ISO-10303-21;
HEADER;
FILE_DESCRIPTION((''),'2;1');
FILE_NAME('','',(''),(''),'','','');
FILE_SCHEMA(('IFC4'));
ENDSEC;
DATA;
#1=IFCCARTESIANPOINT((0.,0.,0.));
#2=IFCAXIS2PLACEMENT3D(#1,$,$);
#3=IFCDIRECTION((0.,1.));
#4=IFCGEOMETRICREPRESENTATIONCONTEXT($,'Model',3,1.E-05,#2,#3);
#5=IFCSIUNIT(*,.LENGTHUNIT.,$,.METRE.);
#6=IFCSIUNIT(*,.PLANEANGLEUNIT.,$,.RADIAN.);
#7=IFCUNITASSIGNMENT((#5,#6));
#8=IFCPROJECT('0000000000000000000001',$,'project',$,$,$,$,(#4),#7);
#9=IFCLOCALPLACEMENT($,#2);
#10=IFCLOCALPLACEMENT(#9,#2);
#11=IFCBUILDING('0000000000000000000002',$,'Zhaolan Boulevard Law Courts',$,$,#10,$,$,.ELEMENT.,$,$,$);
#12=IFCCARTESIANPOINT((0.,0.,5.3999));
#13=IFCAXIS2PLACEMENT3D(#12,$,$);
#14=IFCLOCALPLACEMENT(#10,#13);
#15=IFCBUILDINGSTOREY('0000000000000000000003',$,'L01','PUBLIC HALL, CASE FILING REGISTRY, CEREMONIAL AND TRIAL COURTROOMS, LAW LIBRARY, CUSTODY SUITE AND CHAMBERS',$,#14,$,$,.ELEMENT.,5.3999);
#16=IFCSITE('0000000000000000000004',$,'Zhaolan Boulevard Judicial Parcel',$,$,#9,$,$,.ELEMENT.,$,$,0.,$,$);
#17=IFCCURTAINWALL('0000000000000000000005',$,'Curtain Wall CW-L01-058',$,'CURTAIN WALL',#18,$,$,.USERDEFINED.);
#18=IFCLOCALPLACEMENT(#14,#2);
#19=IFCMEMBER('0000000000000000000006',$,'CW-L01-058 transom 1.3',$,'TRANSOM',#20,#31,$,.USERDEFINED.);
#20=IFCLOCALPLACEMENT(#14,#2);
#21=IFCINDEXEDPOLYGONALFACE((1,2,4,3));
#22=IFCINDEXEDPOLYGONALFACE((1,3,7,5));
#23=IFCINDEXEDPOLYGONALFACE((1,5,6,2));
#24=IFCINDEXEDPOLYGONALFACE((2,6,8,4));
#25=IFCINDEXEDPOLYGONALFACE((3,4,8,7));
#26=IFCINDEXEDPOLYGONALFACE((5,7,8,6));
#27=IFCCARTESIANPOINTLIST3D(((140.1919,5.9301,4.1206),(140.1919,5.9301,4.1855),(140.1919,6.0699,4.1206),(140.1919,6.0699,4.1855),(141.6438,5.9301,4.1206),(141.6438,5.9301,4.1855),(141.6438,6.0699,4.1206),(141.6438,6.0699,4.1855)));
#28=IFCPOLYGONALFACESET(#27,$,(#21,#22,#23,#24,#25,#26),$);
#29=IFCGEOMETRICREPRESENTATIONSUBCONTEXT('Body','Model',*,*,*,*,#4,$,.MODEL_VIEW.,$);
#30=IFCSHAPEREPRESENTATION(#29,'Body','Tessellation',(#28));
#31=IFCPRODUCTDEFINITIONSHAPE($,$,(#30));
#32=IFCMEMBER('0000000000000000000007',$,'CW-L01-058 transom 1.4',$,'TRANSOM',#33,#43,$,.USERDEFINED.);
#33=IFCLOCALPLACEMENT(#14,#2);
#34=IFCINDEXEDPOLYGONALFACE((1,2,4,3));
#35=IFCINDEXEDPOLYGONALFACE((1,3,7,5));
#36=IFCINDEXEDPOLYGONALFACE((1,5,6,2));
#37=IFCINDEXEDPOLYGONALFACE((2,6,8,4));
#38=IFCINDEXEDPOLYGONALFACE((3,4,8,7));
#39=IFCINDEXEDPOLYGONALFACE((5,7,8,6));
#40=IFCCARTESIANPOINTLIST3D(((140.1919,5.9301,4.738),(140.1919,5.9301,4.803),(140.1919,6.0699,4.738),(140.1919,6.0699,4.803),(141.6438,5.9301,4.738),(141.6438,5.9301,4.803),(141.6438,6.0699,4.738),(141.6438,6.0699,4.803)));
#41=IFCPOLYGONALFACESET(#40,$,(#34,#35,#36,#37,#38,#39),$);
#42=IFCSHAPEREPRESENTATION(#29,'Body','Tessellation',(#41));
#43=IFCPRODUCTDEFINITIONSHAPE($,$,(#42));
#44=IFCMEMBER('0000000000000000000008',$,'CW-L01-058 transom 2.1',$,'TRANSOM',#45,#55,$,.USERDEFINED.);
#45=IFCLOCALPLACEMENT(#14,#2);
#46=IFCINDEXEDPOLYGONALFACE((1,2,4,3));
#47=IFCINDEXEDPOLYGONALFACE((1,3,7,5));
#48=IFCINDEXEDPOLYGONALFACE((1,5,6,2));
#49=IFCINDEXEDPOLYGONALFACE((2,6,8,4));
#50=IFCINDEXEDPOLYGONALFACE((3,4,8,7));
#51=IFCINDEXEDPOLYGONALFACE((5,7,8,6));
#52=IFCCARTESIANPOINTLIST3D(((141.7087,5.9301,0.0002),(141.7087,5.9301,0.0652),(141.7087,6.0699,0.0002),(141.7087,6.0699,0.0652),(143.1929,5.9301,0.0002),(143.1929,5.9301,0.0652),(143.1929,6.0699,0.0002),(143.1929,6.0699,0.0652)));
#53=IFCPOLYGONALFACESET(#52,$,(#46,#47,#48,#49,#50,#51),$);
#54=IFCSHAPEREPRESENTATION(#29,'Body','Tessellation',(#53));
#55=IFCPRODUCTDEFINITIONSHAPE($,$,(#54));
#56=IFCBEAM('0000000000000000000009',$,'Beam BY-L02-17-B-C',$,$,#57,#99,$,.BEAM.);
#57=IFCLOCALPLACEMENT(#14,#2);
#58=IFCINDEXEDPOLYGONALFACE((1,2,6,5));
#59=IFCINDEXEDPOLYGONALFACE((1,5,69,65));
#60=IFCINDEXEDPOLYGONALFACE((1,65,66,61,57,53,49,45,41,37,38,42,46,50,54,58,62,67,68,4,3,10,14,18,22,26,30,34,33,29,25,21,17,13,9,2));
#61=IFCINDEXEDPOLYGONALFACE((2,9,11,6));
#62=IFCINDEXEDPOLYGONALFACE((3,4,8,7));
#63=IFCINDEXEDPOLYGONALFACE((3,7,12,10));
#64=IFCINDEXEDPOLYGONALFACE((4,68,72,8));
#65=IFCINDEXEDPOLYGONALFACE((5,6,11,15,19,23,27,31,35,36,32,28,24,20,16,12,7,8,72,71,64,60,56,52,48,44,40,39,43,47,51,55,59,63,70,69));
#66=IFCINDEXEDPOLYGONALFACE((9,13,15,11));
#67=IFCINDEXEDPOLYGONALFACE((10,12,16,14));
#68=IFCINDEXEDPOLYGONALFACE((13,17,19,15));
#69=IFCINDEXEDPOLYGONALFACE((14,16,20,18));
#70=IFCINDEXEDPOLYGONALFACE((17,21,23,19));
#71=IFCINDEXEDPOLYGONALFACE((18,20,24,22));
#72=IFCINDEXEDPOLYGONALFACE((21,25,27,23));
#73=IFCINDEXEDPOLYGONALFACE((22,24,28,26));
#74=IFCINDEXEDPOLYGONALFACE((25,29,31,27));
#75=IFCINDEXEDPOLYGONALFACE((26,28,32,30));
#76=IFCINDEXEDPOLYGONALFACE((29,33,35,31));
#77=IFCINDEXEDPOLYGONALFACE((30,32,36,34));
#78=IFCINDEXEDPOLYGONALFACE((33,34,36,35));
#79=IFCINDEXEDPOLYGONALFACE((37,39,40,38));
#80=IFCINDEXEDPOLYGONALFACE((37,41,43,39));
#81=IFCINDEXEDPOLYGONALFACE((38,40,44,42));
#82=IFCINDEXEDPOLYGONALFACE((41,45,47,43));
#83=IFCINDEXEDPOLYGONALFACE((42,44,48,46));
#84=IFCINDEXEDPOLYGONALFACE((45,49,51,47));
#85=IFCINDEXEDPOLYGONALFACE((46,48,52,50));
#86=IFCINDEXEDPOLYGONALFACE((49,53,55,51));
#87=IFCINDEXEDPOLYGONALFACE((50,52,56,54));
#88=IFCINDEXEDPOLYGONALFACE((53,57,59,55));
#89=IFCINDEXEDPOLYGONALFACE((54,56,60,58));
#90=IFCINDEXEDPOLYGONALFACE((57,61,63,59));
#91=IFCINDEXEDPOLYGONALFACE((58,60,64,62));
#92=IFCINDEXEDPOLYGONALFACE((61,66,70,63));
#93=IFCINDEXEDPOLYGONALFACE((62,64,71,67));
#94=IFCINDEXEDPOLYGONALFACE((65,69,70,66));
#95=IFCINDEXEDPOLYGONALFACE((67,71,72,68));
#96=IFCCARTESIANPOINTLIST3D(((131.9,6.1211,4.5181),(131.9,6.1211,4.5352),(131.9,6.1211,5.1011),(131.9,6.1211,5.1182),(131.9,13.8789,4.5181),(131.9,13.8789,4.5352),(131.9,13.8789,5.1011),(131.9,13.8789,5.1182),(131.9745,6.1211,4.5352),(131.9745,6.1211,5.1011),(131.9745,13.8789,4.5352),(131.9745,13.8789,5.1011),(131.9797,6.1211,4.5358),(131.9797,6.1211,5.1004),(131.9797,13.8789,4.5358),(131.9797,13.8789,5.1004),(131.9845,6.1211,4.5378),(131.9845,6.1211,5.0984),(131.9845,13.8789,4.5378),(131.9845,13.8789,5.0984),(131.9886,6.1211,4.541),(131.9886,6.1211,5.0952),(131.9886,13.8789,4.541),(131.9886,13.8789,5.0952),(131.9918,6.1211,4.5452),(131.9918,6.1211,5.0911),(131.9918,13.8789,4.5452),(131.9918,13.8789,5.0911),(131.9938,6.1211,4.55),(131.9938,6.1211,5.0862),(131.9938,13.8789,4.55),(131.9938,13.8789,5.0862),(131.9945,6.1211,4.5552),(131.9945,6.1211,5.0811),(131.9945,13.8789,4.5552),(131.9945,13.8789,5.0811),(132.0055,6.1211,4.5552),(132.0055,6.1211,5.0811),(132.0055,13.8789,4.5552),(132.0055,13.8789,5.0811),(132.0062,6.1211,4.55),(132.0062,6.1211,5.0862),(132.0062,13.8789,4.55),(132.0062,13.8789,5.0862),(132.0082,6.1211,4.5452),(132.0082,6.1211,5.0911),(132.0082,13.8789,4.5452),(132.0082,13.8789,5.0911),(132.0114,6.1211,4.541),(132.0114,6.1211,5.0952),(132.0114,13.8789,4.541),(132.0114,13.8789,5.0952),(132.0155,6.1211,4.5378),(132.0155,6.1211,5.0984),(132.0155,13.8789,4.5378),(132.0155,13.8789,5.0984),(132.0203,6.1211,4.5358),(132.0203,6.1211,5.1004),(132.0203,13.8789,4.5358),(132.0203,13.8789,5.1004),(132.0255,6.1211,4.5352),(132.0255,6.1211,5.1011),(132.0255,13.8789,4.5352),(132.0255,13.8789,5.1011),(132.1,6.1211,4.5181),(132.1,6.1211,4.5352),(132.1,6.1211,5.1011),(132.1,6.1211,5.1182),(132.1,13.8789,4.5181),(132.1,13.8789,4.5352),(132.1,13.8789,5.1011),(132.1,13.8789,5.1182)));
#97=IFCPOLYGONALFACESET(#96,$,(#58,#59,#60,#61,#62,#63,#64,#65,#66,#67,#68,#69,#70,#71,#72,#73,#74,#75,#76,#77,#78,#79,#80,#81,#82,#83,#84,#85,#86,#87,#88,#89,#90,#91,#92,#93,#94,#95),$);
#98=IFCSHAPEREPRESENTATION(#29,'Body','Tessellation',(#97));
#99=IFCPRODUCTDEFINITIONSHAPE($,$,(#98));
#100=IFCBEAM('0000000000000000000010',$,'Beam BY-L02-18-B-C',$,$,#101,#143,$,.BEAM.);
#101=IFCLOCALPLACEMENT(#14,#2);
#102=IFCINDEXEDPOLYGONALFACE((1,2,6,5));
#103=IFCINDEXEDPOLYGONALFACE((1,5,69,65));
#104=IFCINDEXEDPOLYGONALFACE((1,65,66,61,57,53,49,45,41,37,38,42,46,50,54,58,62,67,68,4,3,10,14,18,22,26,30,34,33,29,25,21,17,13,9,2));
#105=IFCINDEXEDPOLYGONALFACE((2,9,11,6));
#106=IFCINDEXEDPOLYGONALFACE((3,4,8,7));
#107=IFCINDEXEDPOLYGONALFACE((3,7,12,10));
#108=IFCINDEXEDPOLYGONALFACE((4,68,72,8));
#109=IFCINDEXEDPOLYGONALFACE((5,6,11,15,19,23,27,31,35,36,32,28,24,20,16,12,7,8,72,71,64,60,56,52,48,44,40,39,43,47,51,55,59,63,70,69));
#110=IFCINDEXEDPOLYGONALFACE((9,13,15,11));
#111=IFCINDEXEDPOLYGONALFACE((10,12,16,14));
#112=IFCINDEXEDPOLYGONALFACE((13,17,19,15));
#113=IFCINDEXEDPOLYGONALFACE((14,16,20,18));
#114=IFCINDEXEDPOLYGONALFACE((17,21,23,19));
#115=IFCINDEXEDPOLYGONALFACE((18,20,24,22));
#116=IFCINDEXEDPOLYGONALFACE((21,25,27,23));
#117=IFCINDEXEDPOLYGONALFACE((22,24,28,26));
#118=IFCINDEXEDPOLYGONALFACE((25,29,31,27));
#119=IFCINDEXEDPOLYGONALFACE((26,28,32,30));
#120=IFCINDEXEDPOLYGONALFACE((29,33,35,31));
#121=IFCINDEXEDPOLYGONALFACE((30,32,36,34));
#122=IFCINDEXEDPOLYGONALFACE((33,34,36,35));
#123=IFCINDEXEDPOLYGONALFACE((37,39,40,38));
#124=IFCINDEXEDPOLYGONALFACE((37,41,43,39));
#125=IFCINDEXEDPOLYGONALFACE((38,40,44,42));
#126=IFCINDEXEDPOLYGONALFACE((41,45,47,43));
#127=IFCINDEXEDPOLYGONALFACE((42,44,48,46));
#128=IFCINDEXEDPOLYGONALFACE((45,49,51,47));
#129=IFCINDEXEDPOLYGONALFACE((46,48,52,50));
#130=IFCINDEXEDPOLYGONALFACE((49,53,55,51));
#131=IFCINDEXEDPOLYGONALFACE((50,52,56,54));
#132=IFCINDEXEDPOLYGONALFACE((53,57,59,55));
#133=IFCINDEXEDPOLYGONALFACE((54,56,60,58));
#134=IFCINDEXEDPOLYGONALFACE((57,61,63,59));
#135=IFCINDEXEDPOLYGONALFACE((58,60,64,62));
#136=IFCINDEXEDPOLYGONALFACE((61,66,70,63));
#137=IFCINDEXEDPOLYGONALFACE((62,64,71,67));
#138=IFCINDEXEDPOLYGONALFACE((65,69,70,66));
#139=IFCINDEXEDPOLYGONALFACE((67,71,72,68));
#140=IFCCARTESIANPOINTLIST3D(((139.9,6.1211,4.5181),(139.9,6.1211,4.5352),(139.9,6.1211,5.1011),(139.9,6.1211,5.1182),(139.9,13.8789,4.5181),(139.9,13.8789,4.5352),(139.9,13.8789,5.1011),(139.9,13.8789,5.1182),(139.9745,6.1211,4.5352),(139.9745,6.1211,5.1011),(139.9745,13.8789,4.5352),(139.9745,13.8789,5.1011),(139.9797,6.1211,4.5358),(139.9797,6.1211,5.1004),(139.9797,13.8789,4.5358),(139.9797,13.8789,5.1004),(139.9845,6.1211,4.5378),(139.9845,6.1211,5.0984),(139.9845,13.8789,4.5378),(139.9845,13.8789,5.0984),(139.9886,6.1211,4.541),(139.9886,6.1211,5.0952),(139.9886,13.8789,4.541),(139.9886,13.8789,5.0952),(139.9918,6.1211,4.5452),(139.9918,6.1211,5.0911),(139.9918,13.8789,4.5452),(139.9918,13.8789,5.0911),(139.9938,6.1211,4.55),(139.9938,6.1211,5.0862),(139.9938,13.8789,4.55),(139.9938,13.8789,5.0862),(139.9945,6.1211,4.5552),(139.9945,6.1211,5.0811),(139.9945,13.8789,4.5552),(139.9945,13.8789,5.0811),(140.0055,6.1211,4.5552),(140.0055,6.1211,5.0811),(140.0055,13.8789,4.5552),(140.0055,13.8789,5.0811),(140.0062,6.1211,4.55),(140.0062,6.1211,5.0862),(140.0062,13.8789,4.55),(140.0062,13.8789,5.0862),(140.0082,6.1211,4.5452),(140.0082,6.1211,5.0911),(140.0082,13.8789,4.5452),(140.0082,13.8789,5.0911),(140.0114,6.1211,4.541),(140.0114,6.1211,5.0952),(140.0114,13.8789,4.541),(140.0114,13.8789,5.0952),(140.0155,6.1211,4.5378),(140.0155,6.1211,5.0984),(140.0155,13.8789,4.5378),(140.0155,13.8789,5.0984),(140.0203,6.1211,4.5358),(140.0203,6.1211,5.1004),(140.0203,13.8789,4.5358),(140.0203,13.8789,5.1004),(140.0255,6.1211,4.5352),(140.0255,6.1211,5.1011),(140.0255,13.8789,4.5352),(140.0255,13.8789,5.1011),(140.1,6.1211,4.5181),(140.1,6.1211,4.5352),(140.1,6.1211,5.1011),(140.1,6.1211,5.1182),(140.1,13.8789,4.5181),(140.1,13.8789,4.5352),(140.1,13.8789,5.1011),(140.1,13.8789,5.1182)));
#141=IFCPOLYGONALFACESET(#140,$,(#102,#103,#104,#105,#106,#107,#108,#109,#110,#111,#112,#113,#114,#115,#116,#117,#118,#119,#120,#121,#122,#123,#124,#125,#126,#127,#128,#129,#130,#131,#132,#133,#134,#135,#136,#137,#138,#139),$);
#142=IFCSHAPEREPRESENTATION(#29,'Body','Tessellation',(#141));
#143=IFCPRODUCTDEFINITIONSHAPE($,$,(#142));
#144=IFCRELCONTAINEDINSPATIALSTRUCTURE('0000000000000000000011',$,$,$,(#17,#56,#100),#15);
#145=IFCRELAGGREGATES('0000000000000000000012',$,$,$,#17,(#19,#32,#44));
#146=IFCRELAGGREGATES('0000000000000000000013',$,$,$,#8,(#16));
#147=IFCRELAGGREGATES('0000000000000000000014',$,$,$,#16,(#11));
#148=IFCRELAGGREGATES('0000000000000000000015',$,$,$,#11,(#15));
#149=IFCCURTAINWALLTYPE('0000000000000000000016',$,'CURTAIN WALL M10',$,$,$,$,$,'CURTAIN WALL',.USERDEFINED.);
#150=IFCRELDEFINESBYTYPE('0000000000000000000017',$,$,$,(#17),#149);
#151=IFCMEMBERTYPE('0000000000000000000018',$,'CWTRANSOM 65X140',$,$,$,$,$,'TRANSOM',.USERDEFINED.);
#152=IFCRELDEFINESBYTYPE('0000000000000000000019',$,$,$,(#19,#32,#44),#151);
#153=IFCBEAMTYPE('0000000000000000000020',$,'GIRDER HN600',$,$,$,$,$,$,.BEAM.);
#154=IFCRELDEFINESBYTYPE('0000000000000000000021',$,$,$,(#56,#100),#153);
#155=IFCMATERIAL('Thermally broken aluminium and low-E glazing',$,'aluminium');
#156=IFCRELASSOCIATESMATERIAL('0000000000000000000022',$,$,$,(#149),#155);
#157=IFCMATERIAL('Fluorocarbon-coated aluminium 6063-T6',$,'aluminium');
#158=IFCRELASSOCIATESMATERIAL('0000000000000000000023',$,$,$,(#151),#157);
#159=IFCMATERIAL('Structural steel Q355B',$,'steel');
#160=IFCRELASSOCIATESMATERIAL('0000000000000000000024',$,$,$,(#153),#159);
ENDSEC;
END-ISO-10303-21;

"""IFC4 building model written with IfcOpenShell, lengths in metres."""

from ifc_helpers import new_model, si_unit, direction, frame, origin, origin_2d, place, context, subcontext, project, spatial, rectangle, i_section, extrude, material, material_profile, profile_set, type_object, element, aggregate, save


model = new_model("IFC4")

# Units and contexts
model_context = context("Model", 3, precision=1e-05, world=origin(), true_north=direction((0.0, 1.0)))
body_context = subcontext(model_context, "Body", "Model", "MODEL_VIEW")
ifc_project = project(units=[si_unit("LENGTHUNIT", "METRE"), si_unit("PLANEANGLEUNIT", "RADIAN")], contexts=[model_context])

# Site, building, storey
site_placement = place(None, origin())
site = spatial("IfcSite", under=ifc_project, at=site_placement, Name="Zhaolan Boulevard Judicial Parcel", CompositionType="ELEMENT", RefElevation=0.0)
building_placement = place(site_placement, origin())
building = spatial("IfcBuilding", under=site, at=building_placement, Name="Zhaolan Boulevard Law Courts", CompositionType="ELEMENT")
storey_placement = place(building_placement, frame((0.0, 0.0, 5.3999)))
storey = spatial("IfcBuildingStorey", under=building, at=storey_placement, Name="L01", Description="PUBLIC HALL, CASE FILING REGISTRY, CEREMONIAL AND TRIAL COURTROOMS, LAW LIBRARY, CUSTODY SUITE AND CHAMBERS", CompositionType="ELEMENT", Elevation=5.3999)

# Curtain wall, members
ifc_material_1 = material(Name="Thermally broken aluminium and low-E glazing", Category="aluminium")
curtain_wall_type = type_object("IfcCurtainWallType", Name="CURTAIN WALL M10", ElementType="CURTAIN WALL", PredefinedType="USERDEFINED", material=ifc_material_1)
curtain_wall_placement = place(storey_placement, origin())
curtain_wall = element("IfcCurtainWall", 1, at=curtain_wall_placement, inside=storey, type_object=curtain_wall_type, Name="Curtain Wall CW-L01-058", ObjectType="CURTAIN WALL", PredefinedType="USERDEFINED")
ifc_material_2 = material(Name="Fluorocarbon-coated aluminium 6063-T6", Category="aluminium")
ifc_material_profile_1 = material_profile(ifc_material_2, rectangle(XDim=0.1399, YDim=0.0649, at=origin_2d()), Name="AL65x140")
ifc_profile_set_1 = profile_set([ifc_material_profile_1], Name="Fluorocarbon-coated aluminium 6063-T6")
member_type_1 = type_object("IfcMemberType", Name="CWTRANSOM 65X140", ElementType="TRANSOM", PredefinedType="USERDEFINED", material=ifc_profile_set_1)
member_1_placement = place(storey_placement, frame((140.1919, 6.0, 4.1531), z_axis=(1.0, 0.0, 0.0), x_axis=(0.0, 1.0, 0.0)))
member_1 = element("IfcMember", 2, at=member_1_placement, type_object=member_type_1, Name="CW-L01-058 transom 1.3", ObjectType="TRANSOM", PredefinedType="USERDEFINED", context=body_context, shape_type="SweptSolid", body=[
    extrude(rectangle(XDim=0.1399, YDim=0.0649, at=origin_2d()), origin(), (0.0, 0.0, 1.0), 1.4519),
])
member_2_placement = place(storey_placement, frame((140.1919, 6.0, 4.7705), z_axis=(1.0, 0.0, 0.0), x_axis=(0.0, 1.0, 0.0)))
member_2 = element("IfcMember", 3, at=member_2_placement, type_object=member_type_1, Name="CW-L01-058 transom 1.4", ObjectType="TRANSOM", PredefinedType="USERDEFINED", context=body_context, shape_type="SweptSolid", body=[
    extrude(rectangle(XDim=0.1399, YDim=0.0649, at=origin_2d()), origin(), (0.0, 0.0, 1.0), 1.4519),
])
member_3_placement = place(storey_placement, frame((141.7087, 6.0, 0.0327), z_axis=(1.0, 0.0, 0.0), x_axis=(0.0, 1.0, 0.0)))
member_3 = element("IfcMember", 4, at=member_3_placement, type_object=member_type_1, Name="CW-L01-058 transom 2.1", ObjectType="TRANSOM", PredefinedType="USERDEFINED", context=body_context, shape_type="SweptSolid", body=[
    extrude(rectangle(XDim=0.1399, YDim=0.0649, at=origin_2d()), origin(), (0.0, 0.0, 1.0), 1.4841),
])

# Beams
ifc_material_3 = material(Name="Structural steel Q355B", Category="steel")
ifc_material_profile_2 = material_profile(ifc_material_3, i_section(OverallWidth=0.2, OverallDepth=0.6001, WebThickness=0.011, FlangeThickness=0.0171, FilletRadius=0.02, at=origin_2d()), Name="HN600x200")
ifc_profile_set_2 = profile_set([ifc_material_profile_2], Name="Structural steel Q355B")
beam_type_1 = type_object("IfcBeamType", Name="GIRDER HN600", PredefinedType="BEAM", material=ifc_profile_set_2)
for number, where, z_axis, x_axis, name in (
    (5, (132.0, 6.1211, 4.8181), (0.0, 1.0, 0.0), (-1.0, 0.0, 0.0), "Beam BY-L02-17-B-C"),
    (6, (140.0, 6.1211, 4.8181), (0.0, 1.0, 0.0), (-1.0, 0.0, 0.0), "Beam BY-L02-18-B-C"),
):
    element("IfcBeam", number, at=place(storey_placement, frame(where, z_axis=z_axis, x_axis=x_axis)), inside=storey, type_object=beam_type_1, Name=name, PredefinedType="BEAM", context=body_context, shape_type="SweptSolid", body=[
        extrude(i_section(OverallWidth=0.2, OverallDepth=0.6001, WebThickness=0.011, FlangeThickness=0.0171, FilletRadius=0.02, at=origin_2d()), origin(), (0.0, 0.0, 1.0), 7.7578),
    ])

aggregate(curtain_wall, [member_1, member_2, member_3])

save(model, "model.ifc")
